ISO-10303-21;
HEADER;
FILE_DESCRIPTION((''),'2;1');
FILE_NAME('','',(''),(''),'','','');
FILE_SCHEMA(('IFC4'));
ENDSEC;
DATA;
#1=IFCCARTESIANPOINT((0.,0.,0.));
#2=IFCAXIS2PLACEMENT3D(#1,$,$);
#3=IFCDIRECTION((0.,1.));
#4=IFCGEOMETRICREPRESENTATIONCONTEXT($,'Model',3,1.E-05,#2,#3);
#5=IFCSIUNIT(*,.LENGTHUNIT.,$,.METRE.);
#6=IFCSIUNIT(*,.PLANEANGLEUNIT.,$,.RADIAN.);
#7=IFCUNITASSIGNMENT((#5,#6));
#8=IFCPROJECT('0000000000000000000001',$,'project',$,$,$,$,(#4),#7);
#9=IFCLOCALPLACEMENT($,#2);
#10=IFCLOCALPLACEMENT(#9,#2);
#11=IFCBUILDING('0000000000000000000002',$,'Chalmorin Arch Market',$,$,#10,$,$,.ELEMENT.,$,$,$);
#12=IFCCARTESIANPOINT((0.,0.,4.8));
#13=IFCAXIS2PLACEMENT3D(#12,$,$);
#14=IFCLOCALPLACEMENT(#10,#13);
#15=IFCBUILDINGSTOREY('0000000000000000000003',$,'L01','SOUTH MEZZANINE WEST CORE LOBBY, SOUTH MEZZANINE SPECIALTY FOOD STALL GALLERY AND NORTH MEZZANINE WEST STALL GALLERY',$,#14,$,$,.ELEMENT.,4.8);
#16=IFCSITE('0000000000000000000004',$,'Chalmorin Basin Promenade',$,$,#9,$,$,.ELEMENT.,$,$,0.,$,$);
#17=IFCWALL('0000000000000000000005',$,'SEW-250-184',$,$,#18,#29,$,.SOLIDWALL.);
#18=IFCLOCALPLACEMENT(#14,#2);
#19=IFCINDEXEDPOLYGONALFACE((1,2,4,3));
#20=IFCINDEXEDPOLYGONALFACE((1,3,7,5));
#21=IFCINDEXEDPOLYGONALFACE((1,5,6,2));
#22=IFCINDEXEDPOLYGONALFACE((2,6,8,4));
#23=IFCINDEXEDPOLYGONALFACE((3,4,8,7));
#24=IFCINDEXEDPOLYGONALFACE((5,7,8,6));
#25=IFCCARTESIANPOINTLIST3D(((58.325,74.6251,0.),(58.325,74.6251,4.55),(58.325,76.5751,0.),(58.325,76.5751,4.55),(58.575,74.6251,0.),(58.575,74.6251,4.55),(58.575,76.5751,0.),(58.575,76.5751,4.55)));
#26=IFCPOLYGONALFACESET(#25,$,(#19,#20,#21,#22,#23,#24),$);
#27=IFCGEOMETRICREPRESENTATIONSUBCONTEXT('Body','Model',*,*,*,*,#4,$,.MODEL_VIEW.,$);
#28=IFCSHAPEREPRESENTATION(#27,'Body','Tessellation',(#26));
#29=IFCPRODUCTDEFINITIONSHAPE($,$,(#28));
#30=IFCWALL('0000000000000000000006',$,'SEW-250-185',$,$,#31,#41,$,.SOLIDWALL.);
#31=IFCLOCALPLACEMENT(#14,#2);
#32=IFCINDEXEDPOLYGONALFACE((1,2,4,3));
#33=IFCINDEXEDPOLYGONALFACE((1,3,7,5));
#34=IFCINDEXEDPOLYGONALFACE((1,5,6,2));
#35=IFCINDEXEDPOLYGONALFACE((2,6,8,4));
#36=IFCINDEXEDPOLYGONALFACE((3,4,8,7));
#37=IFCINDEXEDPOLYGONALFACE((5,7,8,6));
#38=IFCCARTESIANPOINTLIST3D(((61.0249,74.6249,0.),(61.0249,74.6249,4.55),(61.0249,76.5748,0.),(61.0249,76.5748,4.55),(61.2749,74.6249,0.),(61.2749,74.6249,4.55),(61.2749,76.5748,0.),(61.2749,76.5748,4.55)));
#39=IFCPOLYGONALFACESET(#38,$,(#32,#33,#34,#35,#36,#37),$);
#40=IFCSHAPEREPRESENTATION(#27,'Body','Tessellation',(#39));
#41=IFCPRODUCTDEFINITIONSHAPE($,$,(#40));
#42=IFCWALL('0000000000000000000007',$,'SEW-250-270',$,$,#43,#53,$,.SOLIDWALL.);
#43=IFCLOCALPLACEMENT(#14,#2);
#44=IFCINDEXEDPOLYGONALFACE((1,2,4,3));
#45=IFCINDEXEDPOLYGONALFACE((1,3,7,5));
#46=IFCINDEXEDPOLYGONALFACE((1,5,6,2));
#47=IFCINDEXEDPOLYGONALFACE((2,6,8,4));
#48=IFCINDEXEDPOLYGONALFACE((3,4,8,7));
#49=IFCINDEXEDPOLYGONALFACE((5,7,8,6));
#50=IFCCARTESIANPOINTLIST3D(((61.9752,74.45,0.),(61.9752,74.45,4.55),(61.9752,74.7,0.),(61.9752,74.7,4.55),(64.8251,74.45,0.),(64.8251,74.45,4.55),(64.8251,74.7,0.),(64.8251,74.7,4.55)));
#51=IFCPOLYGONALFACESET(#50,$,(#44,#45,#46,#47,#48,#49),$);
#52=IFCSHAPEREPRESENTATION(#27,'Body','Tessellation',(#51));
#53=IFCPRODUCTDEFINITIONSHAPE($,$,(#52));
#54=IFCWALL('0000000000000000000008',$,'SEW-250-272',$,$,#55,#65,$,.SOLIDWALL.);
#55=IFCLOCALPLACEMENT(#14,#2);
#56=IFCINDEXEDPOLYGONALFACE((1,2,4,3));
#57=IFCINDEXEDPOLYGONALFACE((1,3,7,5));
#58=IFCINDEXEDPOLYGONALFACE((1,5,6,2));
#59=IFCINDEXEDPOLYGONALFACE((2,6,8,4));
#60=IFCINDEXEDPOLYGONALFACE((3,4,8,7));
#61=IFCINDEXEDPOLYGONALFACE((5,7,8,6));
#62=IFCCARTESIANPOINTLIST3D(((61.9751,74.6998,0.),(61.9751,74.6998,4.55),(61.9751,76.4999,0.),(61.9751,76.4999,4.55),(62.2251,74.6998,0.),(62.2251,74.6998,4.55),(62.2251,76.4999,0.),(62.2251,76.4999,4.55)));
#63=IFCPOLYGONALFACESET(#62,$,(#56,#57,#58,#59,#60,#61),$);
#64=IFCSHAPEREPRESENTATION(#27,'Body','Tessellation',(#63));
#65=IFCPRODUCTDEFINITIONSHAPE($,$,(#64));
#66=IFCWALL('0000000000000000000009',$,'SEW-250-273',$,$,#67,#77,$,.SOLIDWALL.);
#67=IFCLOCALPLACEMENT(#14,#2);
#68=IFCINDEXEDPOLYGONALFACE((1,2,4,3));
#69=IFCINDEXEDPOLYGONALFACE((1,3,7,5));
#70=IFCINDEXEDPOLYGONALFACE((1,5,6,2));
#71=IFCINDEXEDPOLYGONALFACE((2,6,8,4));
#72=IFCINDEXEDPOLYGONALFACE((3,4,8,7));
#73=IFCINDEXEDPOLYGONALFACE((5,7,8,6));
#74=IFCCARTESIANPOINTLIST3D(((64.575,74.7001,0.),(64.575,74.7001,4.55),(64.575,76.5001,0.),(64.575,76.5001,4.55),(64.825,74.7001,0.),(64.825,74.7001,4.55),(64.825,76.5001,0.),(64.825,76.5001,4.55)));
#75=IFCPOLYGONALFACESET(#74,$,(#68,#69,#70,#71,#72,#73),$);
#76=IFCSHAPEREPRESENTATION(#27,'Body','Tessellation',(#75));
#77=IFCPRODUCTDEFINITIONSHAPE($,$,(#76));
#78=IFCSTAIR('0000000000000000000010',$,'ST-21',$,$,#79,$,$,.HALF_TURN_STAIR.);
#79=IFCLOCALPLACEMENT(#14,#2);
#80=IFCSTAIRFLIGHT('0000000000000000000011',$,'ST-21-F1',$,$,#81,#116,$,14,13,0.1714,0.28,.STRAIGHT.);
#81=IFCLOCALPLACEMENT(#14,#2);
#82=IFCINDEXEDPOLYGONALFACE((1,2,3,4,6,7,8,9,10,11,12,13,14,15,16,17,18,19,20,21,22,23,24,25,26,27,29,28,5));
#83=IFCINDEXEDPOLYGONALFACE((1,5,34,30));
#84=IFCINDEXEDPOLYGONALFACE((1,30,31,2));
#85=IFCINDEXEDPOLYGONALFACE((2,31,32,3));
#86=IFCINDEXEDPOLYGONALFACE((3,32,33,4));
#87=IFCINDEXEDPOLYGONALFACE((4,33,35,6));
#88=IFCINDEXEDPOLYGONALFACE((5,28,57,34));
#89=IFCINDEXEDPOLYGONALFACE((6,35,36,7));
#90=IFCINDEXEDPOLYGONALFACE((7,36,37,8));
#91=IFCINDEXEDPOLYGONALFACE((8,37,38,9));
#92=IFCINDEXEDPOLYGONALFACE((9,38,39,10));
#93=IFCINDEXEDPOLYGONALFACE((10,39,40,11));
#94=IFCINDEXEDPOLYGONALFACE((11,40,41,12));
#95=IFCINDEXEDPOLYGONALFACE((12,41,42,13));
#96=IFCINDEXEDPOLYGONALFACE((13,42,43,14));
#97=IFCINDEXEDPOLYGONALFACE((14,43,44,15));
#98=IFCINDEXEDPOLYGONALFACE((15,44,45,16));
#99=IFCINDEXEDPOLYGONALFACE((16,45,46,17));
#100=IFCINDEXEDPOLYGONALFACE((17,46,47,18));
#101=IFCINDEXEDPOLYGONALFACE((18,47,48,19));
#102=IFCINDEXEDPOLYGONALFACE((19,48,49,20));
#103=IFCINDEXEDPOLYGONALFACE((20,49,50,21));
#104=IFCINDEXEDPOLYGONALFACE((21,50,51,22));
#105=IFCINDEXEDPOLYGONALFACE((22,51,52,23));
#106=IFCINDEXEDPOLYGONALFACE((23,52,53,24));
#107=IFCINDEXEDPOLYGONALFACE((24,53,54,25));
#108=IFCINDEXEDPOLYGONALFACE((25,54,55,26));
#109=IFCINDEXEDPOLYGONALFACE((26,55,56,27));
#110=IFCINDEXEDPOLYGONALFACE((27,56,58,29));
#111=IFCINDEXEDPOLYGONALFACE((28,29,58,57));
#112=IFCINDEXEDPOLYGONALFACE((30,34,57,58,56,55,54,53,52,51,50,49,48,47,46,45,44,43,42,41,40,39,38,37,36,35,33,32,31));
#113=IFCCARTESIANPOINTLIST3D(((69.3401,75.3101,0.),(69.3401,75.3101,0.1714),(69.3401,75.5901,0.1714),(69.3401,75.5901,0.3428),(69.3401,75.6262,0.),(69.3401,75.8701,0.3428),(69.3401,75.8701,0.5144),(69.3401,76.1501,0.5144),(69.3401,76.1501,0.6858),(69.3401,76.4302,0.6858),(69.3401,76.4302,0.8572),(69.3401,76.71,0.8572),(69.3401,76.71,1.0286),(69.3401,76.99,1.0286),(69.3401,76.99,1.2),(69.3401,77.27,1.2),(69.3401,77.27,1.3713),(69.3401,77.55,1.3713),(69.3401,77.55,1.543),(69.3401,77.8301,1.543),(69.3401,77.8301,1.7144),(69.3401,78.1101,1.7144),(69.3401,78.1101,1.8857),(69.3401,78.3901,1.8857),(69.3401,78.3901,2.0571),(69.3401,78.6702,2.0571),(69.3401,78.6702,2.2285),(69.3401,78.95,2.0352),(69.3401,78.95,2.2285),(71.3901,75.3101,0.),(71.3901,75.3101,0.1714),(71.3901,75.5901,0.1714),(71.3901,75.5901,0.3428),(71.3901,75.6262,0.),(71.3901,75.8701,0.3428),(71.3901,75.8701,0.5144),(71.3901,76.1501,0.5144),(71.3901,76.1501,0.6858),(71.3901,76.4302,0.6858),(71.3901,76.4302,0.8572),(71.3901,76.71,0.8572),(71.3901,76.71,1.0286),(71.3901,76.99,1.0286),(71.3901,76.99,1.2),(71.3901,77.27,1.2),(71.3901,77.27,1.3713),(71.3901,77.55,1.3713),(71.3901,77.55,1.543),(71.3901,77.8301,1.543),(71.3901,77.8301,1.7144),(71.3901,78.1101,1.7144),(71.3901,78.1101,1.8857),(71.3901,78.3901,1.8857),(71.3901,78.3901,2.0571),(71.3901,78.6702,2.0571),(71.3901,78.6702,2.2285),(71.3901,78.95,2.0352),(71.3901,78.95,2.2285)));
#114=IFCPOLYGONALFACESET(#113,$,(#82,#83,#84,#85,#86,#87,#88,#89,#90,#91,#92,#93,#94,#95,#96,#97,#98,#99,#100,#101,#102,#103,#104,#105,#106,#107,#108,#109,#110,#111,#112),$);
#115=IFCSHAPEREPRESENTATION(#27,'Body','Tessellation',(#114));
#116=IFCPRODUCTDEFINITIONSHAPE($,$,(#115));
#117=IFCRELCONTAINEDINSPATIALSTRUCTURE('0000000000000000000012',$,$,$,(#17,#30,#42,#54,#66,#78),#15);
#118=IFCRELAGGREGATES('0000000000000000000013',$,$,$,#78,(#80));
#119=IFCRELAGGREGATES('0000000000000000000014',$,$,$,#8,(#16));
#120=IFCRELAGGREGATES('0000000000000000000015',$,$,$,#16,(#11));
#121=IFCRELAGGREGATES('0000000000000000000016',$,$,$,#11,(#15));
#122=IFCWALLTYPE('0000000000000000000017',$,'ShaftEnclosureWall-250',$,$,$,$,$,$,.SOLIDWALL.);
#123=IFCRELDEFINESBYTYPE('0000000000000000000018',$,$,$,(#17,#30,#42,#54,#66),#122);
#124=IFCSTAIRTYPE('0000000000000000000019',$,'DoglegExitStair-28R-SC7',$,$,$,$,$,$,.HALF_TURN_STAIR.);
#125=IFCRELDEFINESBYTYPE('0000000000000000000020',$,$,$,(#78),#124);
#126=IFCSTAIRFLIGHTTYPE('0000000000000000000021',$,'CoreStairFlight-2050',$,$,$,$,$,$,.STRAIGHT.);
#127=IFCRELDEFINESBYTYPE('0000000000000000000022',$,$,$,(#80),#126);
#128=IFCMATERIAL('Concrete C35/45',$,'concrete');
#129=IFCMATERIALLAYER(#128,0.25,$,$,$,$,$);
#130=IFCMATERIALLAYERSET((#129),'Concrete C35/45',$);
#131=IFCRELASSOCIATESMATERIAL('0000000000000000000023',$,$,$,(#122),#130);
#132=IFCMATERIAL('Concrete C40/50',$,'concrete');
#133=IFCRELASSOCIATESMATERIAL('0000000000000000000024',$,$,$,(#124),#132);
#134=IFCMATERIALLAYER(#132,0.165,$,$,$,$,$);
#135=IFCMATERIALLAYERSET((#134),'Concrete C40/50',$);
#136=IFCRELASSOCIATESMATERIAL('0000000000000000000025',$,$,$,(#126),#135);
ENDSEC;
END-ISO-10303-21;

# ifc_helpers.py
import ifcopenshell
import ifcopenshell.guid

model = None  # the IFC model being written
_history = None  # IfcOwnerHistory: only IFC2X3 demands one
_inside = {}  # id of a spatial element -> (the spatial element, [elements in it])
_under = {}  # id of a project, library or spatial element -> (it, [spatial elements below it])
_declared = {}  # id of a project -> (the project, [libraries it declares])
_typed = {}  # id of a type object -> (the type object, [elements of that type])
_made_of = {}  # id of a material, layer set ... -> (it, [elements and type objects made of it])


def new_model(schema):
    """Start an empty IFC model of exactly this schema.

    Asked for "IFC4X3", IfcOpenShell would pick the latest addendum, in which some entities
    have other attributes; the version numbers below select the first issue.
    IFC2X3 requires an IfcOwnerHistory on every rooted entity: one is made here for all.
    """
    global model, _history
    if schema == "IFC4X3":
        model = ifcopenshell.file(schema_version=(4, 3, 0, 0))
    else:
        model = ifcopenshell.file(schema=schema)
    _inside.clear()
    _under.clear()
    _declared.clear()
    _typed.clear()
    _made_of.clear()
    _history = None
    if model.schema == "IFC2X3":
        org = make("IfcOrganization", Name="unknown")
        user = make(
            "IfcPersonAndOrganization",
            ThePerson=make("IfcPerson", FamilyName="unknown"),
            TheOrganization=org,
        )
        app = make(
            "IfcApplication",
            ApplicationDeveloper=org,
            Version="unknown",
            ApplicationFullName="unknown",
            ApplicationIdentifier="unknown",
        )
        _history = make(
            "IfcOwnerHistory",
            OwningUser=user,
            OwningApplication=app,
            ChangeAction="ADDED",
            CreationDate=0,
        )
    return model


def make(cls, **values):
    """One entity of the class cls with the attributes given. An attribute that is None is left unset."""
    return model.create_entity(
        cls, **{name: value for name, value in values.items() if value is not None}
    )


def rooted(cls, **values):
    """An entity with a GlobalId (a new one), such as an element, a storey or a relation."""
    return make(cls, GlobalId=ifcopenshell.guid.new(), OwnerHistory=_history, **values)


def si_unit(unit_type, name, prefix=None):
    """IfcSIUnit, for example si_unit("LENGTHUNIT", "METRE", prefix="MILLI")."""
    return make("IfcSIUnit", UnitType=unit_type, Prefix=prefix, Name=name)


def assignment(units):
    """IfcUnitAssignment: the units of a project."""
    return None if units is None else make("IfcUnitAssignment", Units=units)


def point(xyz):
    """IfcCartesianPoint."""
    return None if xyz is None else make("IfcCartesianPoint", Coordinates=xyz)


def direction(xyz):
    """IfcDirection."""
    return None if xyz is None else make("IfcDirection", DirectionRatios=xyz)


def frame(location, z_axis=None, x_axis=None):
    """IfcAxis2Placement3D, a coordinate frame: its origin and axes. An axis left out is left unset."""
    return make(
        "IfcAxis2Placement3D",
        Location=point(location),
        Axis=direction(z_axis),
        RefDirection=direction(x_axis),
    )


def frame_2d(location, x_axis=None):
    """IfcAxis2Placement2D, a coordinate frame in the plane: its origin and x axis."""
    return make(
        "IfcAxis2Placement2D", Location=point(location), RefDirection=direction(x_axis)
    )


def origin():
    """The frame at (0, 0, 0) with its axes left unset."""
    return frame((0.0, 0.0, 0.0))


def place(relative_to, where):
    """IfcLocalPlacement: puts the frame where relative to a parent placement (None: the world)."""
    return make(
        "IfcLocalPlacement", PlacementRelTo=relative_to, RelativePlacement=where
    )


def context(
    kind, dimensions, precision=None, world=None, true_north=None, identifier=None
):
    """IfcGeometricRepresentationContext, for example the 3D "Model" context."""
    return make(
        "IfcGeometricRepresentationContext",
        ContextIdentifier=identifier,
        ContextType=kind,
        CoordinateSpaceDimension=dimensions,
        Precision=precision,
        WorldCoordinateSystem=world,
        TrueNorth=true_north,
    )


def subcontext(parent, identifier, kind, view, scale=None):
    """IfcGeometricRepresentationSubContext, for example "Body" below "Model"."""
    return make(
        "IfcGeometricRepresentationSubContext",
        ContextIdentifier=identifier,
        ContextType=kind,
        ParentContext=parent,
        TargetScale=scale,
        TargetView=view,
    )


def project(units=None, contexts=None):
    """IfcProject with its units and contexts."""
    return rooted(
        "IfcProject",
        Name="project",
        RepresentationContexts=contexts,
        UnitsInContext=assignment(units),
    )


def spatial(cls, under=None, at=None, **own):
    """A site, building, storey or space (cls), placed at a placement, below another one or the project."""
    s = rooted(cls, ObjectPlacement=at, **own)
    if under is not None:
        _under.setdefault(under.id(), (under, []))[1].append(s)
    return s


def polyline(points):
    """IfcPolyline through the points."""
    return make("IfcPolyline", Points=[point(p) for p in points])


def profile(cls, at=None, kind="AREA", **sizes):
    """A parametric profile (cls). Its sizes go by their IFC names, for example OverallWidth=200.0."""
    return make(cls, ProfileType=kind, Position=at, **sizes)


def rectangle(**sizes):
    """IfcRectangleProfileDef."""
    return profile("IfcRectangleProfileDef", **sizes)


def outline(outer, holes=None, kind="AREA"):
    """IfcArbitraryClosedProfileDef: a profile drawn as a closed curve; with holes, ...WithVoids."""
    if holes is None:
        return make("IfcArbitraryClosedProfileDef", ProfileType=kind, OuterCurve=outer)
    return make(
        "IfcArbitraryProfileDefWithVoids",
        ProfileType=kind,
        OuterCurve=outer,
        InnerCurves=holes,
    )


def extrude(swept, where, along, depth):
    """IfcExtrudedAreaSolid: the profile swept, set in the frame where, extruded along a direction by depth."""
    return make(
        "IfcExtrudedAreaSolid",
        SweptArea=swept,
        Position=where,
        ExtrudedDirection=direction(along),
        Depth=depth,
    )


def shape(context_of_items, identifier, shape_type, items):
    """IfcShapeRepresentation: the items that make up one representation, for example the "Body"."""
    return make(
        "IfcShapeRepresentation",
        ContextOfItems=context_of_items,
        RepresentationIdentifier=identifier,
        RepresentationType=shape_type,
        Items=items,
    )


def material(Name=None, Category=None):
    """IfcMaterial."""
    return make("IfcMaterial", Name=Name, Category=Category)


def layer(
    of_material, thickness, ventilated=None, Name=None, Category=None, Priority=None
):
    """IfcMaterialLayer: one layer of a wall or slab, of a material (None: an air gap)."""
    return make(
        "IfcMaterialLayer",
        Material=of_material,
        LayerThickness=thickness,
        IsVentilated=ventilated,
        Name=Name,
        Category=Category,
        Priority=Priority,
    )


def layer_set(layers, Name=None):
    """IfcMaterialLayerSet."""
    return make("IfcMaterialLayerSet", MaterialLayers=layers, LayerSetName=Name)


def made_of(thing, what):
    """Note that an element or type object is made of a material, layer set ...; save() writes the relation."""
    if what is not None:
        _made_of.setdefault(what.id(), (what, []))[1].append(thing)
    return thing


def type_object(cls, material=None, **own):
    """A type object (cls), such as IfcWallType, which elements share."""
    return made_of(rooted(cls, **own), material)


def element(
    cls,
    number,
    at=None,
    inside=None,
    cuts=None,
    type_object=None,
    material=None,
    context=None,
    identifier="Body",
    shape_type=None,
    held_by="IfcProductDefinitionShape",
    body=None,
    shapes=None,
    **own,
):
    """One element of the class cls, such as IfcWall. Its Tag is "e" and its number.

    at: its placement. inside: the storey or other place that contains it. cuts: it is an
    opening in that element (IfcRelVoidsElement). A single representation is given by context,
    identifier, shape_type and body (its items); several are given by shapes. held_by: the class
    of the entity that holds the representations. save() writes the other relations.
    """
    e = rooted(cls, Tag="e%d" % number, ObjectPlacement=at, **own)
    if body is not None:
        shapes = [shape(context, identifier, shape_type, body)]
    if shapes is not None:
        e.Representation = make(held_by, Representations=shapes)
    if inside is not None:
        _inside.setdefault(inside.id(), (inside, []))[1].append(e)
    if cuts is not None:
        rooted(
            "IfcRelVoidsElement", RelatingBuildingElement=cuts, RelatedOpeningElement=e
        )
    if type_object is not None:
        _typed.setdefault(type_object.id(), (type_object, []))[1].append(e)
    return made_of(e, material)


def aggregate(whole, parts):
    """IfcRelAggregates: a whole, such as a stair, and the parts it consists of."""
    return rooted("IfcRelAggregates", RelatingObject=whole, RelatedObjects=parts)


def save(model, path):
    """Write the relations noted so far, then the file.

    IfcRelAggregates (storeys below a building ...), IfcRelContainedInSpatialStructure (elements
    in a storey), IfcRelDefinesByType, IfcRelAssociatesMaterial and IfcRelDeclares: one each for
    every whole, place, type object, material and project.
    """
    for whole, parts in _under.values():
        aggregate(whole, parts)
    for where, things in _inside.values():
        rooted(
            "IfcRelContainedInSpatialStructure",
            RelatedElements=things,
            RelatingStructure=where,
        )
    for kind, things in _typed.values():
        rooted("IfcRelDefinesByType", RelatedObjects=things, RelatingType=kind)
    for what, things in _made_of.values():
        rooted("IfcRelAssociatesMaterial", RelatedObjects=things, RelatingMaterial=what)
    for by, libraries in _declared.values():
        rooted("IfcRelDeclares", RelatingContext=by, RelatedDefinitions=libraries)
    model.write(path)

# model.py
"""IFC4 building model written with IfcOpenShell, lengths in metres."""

from ifc_helpers import new_model, si_unit, direction, frame, frame_2d, origin, place, context, subcontext, project, spatial, polyline, rectangle, outline, extrude, material, layer, layer_set, type_object, element, aggregate, save


model = new_model("IFC4")

# Units and contexts
model_context = context("Model", 3, precision=1e-05, world=origin(), true_north=direction((0.0, 1.0)))
body_context = subcontext(model_context, "Body", "Model", "MODEL_VIEW")
ifc_project = project(units=[si_unit("LENGTHUNIT", "METRE"), si_unit("PLANEANGLEUNIT", "RADIAN")], contexts=[model_context])

# Site, building, storey
site_placement = place(None, origin())
site = spatial("IfcSite", under=ifc_project, at=site_placement, Name="Chalmorin Basin Promenade", CompositionType="ELEMENT", RefElevation=0.0)
building_placement = place(site_placement, origin())
building = spatial("IfcBuilding", under=site, at=building_placement, Name="Chalmorin Arch Market", CompositionType="ELEMENT")
storey_placement = place(building_placement, frame((0.0, 0.0, 4.8)))
storey = spatial("IfcBuildingStorey", under=building, at=storey_placement, Name="L01", Description="SOUTH MEZZANINE WEST CORE LOBBY, SOUTH MEZZANINE SPECIALTY FOOD STALL GALLERY AND NORTH MEZZANINE WEST STALL GALLERY", CompositionType="ELEMENT", Elevation=4.8)

# Shared definitions
ifc_material_1 = material(Name="Concrete C40/50", Category="concrete")

# Shared definitions
ifc_material_2 = material(Name="Concrete C35/45", Category="concrete")
ifc_layer_1 = layer(ifc_material_2, 0.25)
ifc_layer_set_1 = layer_set([ifc_layer_1], Name="Concrete C35/45")
wall_type_1 = type_object("IfcWallType", Name="ShaftEnclosureWall-250", PredefinedType="SOLIDWALL", material=ifc_layer_set_1)

# Walls
for number, where, z_axis, x_axis, name in (
    (1, (58.45, 74.625, 0.0), (0.0, 0.0, 1.0), (0.0, 1.0, 0.0), "SEW-250-184"),
    (2, (61.1499, 76.575, 0.0), (0.0, 0.0, 1.0), (0.0, -1.0, 0.0), "SEW-250-185"),
):
    element("IfcWall", number, at=place(storey_placement, frame(where, z_axis=z_axis, x_axis=x_axis)), inside=storey, type_object=wall_type_1, Name=name, PredefinedType="SOLIDWALL", context=body_context, shape_type="SweptSolid", body=[
        extrude(rectangle(XDim=1.95, YDim=0.25, at=frame_2d((0.9751, 0.0))), origin(), (0.0, 0.0, 1.0), 4.55),
    ])
wall_1_placement = place(storey_placement, frame((64.825, 74.575, 0.0), z_axis=(0.0, 0.0, 1.0), x_axis=(-1.0, 0.0, 0.0)))
element("IfcWall", 3, at=wall_1_placement, inside=storey, type_object=wall_type_1, Name="SEW-250-270", PredefinedType="SOLIDWALL", context=body_context, shape_type="SweptSolid", body=[
    extrude(rectangle(XDim=2.8499, YDim=0.25, at=frame_2d((1.4248, 0.0))), origin(), (0.0, 0.0, 1.0), 4.55),
])

# Walls
for number, where, z_axis, x_axis, name in (
    (4, (62.1001, 74.7, 0.0), (0.0, 0.0, 1.0), (0.0, 1.0, 0.0), "SEW-250-272"),
    (5, (64.7, 76.5, 0.0), (0.0, 0.0, 1.0), (0.0, -1.0, 0.0), "SEW-250-273"),
):
    element("IfcWall", number, at=place(storey_placement, frame(where, z_axis=z_axis, x_axis=x_axis)), inside=storey, type_object=wall_type_1, Name=name, PredefinedType="SOLIDWALL", context=body_context, shape_type="SweptSolid", body=[
        extrude(rectangle(XDim=1.8, YDim=0.25, at=frame_2d((0.8999, 0.0))), origin(), (0.0, 0.0, 1.0), 4.55),
    ])

# Stair, stair flight
stair_type = type_object("IfcStairType", Name="DoglegExitStair-28R-SC7", PredefinedType="HALF_TURN_STAIR", material=ifc_material_1)
stair_placement = place(storey_placement, origin())
stair = element("IfcStair", 6, at=stair_placement, inside=storey, type_object=stair_type, Name="ST-21", PredefinedType="HALF_TURN_STAIR")
ifc_layer_2 = layer(ifc_material_1, 0.165)
ifc_layer_set_2 = layer_set([ifc_layer_2], Name="Concrete C40/50")
stair_flight_type = type_object("IfcStairFlightType", Name="CoreStairFlight-2050", PredefinedType="STRAIGHT", material=ifc_layer_set_2)
stair_flight_placement = place(storey_placement, frame((70.365, 75.3101, 0.0), z_axis=(0.0, 0.0, 1.0), x_axis=(0.0, 1.0, 0.0)))
stair_flight = element("IfcStairFlight", 7, at=stair_flight_placement, type_object=stair_flight_type, Name="ST-21-F1", NumberOfRisers=14, NumberOfTreads=13, PredefinedType="STRAIGHT", RiserHeight=0.1714, TreadLength=0.28, context=body_context, shape_type="SweptSolid", body=[
    extrude(outline(polyline([(0.0, 0.0), (0.0, 0.1714), (0.28, 0.1714), (0.28, 0.3428), (0.5601, 0.3428), (0.5601, 0.5144), (0.8401, 0.5144), (0.8401, 0.6858), (1.1201, 0.6858), (1.1201, 0.8572), (1.3999, 0.8572), (1.3999, 1.0286), (1.6799, 1.0286), (1.6799, 1.2), (1.96, 1.2), (1.96, 1.3713), (2.24, 1.3713), (2.24, 1.543), (2.52, 1.543), (2.52, 1.7144), (2.8, 1.7144), (2.8, 1.8857), (3.0801, 1.8857), (3.0801, 2.0571), (3.3601, 2.0571), (3.3601, 2.2285), (3.6399, 2.2285), (3.6399, 2.3999), (3.6399, 2.0352), (0.3162, 0.0), (0.0, 0.0)])), frame((0.0, 1.0249, 0.0), z_axis=(0.0, -1.0, 0.0), x_axis=(1.0, 0.0, 0.0)), (0.0, 0.0, 1.0), 2.05),
])
aggregate(stair, [stair_flight])

save(model, "model.ifc")
